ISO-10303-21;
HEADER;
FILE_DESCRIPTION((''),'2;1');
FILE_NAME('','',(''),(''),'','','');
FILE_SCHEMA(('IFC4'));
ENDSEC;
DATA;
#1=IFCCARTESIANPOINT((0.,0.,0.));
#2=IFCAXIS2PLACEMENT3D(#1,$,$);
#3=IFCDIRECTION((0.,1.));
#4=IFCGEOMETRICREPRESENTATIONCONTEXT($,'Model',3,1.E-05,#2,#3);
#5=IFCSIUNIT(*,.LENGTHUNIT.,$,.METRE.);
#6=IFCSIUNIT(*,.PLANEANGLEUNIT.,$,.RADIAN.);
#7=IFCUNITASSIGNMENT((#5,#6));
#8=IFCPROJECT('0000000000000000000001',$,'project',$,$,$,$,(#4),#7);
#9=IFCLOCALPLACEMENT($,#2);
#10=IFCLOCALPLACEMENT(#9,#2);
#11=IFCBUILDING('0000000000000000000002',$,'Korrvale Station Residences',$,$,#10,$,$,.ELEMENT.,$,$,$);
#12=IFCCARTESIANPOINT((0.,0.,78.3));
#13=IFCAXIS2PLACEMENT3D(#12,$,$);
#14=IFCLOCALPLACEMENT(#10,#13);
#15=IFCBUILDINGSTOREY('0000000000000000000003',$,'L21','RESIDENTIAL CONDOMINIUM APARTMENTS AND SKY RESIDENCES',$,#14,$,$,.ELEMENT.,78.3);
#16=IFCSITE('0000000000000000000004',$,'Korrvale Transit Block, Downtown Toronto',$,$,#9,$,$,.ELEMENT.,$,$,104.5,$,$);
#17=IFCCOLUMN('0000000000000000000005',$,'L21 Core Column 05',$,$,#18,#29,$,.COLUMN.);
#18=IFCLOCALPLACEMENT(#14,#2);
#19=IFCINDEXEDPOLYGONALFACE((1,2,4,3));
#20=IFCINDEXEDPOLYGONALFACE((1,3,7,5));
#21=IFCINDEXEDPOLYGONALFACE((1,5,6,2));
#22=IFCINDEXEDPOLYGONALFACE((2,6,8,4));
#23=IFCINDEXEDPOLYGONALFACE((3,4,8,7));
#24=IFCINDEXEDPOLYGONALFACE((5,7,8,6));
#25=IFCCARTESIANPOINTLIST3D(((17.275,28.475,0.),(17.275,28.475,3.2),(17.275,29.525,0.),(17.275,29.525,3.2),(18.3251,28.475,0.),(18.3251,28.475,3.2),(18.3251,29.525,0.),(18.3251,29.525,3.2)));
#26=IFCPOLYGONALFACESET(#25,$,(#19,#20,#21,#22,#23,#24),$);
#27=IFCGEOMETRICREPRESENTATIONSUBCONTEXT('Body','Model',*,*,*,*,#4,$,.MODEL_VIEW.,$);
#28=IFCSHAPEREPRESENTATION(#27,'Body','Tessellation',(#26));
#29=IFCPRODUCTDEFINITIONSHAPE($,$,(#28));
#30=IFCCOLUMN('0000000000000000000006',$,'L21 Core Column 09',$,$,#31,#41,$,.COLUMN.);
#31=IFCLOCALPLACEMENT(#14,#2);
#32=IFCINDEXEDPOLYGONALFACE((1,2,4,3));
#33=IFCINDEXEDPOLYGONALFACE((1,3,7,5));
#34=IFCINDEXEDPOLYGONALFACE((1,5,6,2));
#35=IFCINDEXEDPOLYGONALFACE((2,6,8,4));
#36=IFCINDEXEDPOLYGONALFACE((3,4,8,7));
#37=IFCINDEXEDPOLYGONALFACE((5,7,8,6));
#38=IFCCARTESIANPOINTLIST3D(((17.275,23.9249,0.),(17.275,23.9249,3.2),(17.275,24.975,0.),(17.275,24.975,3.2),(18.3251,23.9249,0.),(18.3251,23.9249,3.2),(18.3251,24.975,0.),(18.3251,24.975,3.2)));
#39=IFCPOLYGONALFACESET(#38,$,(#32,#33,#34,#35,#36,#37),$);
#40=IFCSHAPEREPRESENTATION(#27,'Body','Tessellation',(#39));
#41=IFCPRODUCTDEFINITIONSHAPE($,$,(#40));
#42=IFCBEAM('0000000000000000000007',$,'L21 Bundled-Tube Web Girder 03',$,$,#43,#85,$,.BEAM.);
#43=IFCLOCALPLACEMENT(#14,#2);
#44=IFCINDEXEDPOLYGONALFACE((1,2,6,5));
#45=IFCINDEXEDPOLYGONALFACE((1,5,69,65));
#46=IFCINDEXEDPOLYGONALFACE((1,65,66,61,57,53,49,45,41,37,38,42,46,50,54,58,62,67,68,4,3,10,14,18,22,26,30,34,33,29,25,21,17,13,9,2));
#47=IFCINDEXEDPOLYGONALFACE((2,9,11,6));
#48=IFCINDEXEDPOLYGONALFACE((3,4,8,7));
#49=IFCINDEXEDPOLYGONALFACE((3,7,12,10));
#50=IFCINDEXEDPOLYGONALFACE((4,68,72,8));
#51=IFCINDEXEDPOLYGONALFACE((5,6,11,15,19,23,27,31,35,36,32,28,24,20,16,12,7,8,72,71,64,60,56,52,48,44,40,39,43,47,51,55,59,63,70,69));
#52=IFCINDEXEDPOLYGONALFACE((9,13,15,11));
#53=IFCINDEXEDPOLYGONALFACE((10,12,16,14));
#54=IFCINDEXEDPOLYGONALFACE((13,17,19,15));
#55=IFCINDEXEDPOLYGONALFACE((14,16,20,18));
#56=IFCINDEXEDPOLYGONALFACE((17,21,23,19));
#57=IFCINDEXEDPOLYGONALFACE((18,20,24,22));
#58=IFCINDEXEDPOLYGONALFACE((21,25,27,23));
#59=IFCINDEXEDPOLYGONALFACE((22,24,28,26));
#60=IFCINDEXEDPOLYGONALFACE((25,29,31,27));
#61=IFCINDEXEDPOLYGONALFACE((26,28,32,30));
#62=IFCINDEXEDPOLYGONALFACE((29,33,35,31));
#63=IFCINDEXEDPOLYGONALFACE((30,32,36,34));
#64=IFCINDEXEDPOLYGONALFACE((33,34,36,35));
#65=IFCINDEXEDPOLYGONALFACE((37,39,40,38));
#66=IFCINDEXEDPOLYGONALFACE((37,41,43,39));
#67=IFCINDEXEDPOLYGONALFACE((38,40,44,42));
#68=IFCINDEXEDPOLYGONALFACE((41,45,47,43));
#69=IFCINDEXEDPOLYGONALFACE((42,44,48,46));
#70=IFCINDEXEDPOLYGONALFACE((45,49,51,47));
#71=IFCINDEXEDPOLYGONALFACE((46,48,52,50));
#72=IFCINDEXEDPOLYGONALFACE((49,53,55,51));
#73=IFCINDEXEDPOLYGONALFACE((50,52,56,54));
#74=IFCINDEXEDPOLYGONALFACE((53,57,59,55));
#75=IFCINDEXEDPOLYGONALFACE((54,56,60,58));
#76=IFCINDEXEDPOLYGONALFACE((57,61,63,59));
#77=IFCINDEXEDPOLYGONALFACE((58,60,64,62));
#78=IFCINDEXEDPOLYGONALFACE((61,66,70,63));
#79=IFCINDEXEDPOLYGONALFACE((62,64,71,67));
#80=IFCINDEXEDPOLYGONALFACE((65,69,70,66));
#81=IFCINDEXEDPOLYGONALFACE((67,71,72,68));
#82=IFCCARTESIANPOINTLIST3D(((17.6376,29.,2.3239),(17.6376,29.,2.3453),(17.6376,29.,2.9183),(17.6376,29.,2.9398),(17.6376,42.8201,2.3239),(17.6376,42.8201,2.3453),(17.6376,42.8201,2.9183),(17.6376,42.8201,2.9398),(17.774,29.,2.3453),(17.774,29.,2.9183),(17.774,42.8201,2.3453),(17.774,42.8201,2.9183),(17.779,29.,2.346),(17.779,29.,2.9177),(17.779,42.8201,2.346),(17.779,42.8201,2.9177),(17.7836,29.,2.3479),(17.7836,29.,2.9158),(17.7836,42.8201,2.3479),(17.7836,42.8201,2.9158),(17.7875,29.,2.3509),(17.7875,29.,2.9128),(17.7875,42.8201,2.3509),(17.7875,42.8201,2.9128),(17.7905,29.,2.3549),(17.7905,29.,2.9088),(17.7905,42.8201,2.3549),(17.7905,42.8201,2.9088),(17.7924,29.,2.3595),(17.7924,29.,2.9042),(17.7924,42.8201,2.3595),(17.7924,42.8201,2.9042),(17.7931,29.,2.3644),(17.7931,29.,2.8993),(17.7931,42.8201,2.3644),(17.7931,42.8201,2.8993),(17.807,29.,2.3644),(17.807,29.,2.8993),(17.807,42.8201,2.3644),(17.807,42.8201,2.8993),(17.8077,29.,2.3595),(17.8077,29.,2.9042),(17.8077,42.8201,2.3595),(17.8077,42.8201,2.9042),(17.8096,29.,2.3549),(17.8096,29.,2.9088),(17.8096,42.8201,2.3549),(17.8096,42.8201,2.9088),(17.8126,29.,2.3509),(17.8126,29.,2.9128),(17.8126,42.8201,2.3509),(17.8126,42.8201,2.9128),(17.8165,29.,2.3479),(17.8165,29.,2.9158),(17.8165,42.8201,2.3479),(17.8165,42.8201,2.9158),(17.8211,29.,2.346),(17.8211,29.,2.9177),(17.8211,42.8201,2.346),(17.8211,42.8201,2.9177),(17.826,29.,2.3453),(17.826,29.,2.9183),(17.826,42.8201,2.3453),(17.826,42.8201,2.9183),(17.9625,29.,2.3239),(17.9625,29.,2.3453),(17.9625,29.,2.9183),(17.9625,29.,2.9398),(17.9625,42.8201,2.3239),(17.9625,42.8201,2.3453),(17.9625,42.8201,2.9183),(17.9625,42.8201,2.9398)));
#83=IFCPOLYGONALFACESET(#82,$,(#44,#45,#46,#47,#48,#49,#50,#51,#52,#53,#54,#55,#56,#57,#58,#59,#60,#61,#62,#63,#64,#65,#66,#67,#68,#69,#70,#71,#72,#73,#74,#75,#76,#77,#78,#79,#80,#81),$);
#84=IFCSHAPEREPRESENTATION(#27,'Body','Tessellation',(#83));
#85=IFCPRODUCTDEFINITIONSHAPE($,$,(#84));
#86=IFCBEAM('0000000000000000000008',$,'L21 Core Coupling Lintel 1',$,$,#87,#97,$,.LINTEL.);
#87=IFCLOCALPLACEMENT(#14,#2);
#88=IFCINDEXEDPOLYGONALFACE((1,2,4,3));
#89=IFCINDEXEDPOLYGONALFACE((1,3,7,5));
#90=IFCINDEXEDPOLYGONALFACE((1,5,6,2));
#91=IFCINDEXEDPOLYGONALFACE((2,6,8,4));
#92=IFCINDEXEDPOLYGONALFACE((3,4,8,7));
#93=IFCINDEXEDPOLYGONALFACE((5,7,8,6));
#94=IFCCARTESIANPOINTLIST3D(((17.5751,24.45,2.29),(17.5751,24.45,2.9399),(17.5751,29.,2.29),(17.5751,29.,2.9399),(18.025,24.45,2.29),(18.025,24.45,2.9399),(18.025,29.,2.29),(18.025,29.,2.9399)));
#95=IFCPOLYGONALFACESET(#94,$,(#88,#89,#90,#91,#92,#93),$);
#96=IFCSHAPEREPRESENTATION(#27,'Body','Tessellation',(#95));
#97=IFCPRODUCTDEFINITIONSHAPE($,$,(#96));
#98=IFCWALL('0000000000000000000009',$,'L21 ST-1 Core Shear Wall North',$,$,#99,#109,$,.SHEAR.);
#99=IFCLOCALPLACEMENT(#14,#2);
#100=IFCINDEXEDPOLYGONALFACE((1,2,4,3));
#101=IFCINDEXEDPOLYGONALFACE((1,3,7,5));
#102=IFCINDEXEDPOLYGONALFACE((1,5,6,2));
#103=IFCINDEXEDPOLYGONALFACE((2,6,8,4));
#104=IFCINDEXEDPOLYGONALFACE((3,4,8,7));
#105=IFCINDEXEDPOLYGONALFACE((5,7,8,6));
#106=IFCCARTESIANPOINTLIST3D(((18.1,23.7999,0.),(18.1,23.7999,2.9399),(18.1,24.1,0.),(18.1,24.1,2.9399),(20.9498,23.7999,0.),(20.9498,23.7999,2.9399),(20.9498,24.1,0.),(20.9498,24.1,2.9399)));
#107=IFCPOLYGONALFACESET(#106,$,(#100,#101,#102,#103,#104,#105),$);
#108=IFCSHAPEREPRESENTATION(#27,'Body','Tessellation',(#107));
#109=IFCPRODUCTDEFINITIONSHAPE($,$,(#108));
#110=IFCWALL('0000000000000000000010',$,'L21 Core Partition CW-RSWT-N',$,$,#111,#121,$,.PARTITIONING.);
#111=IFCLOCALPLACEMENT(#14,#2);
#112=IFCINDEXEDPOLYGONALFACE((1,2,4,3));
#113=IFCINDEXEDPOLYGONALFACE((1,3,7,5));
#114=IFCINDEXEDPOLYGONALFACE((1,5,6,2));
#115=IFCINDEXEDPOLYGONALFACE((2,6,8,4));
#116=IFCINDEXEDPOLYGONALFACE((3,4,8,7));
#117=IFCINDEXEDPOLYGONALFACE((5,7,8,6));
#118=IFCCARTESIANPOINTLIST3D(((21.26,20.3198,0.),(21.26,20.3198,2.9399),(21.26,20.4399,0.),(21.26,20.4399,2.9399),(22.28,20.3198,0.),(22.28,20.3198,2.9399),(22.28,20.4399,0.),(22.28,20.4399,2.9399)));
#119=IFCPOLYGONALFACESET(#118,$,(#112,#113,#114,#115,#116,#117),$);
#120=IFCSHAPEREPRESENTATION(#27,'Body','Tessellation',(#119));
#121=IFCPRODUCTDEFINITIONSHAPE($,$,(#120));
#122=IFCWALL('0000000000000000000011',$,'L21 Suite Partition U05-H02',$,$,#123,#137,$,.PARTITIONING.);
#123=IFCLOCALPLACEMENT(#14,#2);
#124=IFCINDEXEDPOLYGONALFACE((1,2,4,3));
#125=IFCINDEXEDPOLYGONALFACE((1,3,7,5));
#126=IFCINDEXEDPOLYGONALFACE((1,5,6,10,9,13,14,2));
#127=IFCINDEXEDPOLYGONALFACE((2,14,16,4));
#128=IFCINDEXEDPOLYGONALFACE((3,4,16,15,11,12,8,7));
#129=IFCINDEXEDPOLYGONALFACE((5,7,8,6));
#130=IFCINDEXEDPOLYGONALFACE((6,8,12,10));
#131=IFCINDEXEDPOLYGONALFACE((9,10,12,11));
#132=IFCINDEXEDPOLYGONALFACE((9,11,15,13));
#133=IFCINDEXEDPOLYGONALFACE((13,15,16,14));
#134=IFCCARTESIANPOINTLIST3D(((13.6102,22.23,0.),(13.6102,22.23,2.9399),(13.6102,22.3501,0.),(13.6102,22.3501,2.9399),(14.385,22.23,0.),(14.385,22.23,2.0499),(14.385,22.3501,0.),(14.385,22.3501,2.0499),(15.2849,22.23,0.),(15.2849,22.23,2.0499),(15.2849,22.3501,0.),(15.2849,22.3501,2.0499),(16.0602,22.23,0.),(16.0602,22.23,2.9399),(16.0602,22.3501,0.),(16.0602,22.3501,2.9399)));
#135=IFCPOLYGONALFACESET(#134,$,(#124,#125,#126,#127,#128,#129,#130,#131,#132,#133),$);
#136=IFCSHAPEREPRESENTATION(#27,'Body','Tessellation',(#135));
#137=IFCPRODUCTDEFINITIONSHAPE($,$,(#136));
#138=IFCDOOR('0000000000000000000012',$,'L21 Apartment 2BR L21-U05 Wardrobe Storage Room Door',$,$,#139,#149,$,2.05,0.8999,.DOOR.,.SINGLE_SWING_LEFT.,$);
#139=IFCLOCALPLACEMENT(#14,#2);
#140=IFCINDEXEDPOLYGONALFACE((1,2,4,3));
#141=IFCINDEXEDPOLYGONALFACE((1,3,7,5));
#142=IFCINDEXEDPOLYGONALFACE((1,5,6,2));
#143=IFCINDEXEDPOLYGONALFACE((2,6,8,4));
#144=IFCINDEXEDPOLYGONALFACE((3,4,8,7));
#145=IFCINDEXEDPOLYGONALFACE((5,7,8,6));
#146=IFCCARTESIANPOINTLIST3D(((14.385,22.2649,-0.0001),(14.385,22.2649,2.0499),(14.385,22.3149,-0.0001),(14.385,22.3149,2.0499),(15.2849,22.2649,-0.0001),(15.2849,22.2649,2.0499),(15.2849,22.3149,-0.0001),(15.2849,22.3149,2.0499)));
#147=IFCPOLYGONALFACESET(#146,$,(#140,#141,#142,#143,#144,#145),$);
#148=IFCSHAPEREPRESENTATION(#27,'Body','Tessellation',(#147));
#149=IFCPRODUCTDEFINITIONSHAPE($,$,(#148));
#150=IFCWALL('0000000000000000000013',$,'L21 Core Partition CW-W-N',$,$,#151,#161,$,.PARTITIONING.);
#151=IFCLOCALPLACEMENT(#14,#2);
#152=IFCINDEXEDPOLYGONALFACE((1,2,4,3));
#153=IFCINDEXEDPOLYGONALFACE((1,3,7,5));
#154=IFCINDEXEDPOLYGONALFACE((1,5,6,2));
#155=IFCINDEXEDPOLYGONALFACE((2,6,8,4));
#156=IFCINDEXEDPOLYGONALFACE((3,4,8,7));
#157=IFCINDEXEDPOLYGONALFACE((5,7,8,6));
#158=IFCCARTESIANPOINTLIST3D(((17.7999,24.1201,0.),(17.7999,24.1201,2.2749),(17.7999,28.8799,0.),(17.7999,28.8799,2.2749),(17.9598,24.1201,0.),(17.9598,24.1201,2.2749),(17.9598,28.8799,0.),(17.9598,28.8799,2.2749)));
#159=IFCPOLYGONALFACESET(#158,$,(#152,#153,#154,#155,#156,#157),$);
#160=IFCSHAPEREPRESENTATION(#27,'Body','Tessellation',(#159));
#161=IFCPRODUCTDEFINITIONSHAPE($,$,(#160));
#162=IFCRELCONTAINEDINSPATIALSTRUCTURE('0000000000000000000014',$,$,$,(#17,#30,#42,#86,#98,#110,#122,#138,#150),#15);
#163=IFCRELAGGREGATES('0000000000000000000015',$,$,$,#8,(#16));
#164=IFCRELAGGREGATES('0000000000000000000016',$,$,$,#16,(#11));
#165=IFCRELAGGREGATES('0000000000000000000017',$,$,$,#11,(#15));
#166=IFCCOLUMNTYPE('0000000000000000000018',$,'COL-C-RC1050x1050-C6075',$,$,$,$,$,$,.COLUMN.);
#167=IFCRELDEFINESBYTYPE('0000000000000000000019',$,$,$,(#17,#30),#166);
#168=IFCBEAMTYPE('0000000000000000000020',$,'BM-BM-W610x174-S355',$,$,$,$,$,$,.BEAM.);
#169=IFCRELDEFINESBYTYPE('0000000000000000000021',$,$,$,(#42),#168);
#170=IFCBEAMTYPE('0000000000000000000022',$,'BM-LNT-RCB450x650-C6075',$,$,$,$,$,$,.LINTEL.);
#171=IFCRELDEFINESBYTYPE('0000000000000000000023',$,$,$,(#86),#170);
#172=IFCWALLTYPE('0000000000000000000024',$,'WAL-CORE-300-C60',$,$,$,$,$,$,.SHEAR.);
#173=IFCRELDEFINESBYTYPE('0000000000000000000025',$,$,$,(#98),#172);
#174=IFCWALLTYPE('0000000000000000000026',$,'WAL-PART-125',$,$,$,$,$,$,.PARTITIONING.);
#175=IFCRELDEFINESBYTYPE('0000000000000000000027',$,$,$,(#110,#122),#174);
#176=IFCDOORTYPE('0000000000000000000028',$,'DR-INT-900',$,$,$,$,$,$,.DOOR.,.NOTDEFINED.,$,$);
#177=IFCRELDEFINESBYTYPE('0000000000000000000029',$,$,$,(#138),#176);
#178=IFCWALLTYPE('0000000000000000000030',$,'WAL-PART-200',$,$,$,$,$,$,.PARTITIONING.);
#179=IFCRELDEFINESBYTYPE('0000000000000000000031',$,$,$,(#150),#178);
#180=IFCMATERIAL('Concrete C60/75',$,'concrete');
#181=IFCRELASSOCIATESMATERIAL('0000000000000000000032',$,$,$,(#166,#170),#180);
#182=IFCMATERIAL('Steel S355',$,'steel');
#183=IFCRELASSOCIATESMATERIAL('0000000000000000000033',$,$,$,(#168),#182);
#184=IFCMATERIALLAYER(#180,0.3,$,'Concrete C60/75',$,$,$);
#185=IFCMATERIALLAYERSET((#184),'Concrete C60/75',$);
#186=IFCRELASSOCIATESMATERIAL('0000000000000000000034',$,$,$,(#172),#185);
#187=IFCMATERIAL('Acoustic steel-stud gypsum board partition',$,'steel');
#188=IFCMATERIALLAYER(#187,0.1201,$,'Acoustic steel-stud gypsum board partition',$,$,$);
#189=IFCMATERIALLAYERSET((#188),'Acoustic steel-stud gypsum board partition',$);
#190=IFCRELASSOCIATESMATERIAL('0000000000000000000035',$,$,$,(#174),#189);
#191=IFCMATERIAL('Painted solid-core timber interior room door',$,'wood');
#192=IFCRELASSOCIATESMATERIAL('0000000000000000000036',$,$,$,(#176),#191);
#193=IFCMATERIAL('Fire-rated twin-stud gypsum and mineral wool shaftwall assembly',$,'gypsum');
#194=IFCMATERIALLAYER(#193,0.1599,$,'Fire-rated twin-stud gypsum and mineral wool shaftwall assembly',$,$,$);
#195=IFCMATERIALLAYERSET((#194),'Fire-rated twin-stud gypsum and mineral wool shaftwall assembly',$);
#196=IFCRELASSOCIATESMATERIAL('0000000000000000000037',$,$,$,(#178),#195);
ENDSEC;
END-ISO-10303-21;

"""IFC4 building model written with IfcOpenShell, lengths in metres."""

from ifc_helpers import new_model, si_unit, direction, frame, frame_2d, origin, origin_2d, place, context, subcontext, project, spatial, rectangle, i_section, extrude, material, layer, layer_set, material_profile, profile_set, type_object, element, fill, save


model = new_model("IFC4")

# Units and contexts
model_context = context("Model", 3, precision=1e-05, world=origin(), true_north=direction((0.0, 1.0)))
body_context = subcontext(model_context, "Body", "Model", "MODEL_VIEW")
ifc_project = project(units=[si_unit("LENGTHUNIT", "METRE"), si_unit("PLANEANGLEUNIT", "RADIAN")], contexts=[model_context])

# Site, building, storey
site_placement = place(None, origin())
site = spatial("IfcSite", under=ifc_project, at=site_placement, Name="Korrvale Transit Block, Downtown Toronto", CompositionType="ELEMENT", RefElevation=104.5)
building_placement = place(site_placement, origin())
building = spatial("IfcBuilding", under=site, at=building_placement, Name="Korrvale Station Residences", CompositionType="ELEMENT")
storey_placement = place(building_placement, frame((0.0, 0.0, 78.3)))
storey = spatial("IfcBuildingStorey", under=building, at=storey_placement, Name="L21", Description="RESIDENTIAL CONDOMINIUM APARTMENTS AND SKY RESIDENCES", CompositionType="ELEMENT", Elevation=78.3)

# Columns
ifc_material_1 = material(Name="Concrete C60/75", Category="concrete")
ifc_material_profile_1 = material_profile(ifc_material_1, rectangle(XDim=1.05, YDim=1.05, at=origin_2d()), Name="RC1050x1050")
ifc_profile_set_1 = profile_set([ifc_material_profile_1], Name="Concrete C60/75")
column_type = type_object("IfcColumnType", Name="COL-C-RC1050x1050-C6075", PredefinedType="COLUMN", material=ifc_profile_set_1)
for number, where, z_axis, x_axis, name in (
    (1, (17.8, 29.0, 0.0), (0.0, 0.0, 1.0), (1.0, 0.0, 0.0), "L21 Core Column 05"),
    (2, (17.8, 24.45, 0.0), (0.0, 0.0, 1.0), (1.0, 0.0, 0.0), "L21 Core Column 09"),
):
    element("IfcColumn", number, at=place(storey_placement, frame(where, z_axis=z_axis, x_axis=x_axis)), inside=storey, type_object=column_type, Name=name, PredefinedType="COLUMN", context=body_context, shape_type="SweptSolid", body=[
        extrude(rectangle(XDim=1.05, YDim=1.05, at=origin_2d()), origin(), (0.0, 0.0, 1.0), 3.2),
    ])

# Beams
ifc_material_2 = material(Name="Steel S355", Category="steel")
ifc_material_profile_2 = material_profile(ifc_material_2, i_section(OverallWidth=0.325, OverallDepth=0.616, WebThickness=0.0139, FlangeThickness=0.0215, FilletRadius=0.019, at=origin_2d()), Name="W610x174")
ifc_profile_set_2 = profile_set([ifc_material_profile_2], Name="Steel S355")
beam_type_1 = type_object("IfcBeamType", Name="BM-BM-W610x174-S355", PredefinedType="BEAM", material=ifc_profile_set_2)
beam_1_placement = place(storey_placement, frame((17.8, 29.0, 2.6318), z_axis=(0.0, 1.0, 0.0), x_axis=(-1.0, 0.0, 0.0)))
element("IfcBeam", 3, at=beam_1_placement, inside=storey, type_object=beam_type_1, Name="L21 Bundled-Tube Web Girder 03", PredefinedType="BEAM", context=body_context, shape_type="SweptSolid", body=[
    extrude(i_section(OverallWidth=0.325, OverallDepth=0.616, WebThickness=0.0139, FlangeThickness=0.0215, FilletRadius=0.019, at=origin_2d()), origin(), (0.0, 0.0, 1.0), 13.8201),
])
ifc_material_profile_3 = material_profile(ifc_material_1, rectangle(XDim=0.45, YDim=0.6499, at=origin_2d()), Name="RCB450x650")
ifc_profile_set_3 = profile_set([ifc_material_profile_3], Name="Concrete C60/75")
beam_type_2 = type_object("IfcBeamType", Name="BM-LNT-RCB450x650-C6075", PredefinedType="LINTEL", material=ifc_profile_set_3)
beam_2_placement = place(storey_placement, frame((17.8, 24.45, 2.615), z_axis=(0.0, 1.0, 0.0), x_axis=(-1.0, 0.0, 0.0)))
element("IfcBeam", 4, at=beam_2_placement, inside=storey, type_object=beam_type_2, Name="L21 Core Coupling Lintel 1", PredefinedType="LINTEL", context=body_context, shape_type="SweptSolid", body=[
    extrude(rectangle(XDim=0.45, YDim=0.6499, at=origin_2d()), origin(), (0.0, 0.0, 1.0), 4.55),
])

# Walls
ifc_layer_1 = layer(ifc_material_1, 0.3, Name="Concrete C60/75")
ifc_layer_set_1 = layer_set([ifc_layer_1], Name="Concrete C60/75")
wall_type_1 = type_object("IfcWallType", Name="WAL-CORE-300-C60", PredefinedType="SHEAR", material=ifc_layer_set_1)
wall_1_placement = place(storey_placement, frame((18.1001, 23.95, 0.0), z_axis=(0.0, 0.0, 1.0), x_axis=(1.0, 0.0, 0.0)))
element("IfcWall", 5, at=wall_1_placement, inside=storey, type_object=wall_type_1, Name="L21 ST-1 Core Shear Wall North", PredefinedType="SHEAR", context=body_context, shape_type="SweptSolid", body=[
    extrude(rectangle(XDim=2.8499, YDim=0.3, at=frame_2d((1.4248, 0.0))), origin(), (0.0, 0.0, 1.0), 2.9399),
])
ifc_material_3 = material(Name="Acoustic steel-stud gypsum board partition", Category="steel")
ifc_layer_2 = layer(ifc_material_3, 0.1201, Name="Acoustic steel-stud gypsum board partition")
ifc_layer_set_2 = layer_set([ifc_layer_2], Name="Acoustic steel-stud gypsum board partition")
wall_type_2 = type_object("IfcWallType", Name="WAL-PART-125", PredefinedType="PARTITIONING", material=ifc_layer_set_2)
wall_2_placement = place(storey_placement, frame((22.28, 20.3799, 0.0), z_axis=(0.0, 0.0, 1.0), x_axis=(-1.0, 0.0, 0.0)))
element("IfcWall", 6, at=wall_2_placement, inside=storey, type_object=wall_type_2, Name="L21 Core Partition CW-RSWT-N", PredefinedType="PARTITIONING", context=body_context, shape_type="SweptSolid", body=[
    extrude(rectangle(XDim=1.02, YDim=0.1201, at=frame_2d((0.51, 0.0))), origin(), (0.0, 0.0, 1.0), 2.9399),
])

# Wall, opening, door
wall_3_placement = place(storey_placement, frame((13.6101, 22.29, 0.0), z_axis=(0.0, 0.0, 1.0), x_axis=(1.0, 0.0, 0.0)))
wall_3 = element("IfcWall", 7, at=wall_3_placement, inside=storey, type_object=wall_type_2, Name="L21 Suite Partition U05-H02", PredefinedType="PARTITIONING", context=body_context, shape_type="SweptSolid", body=[
    extrude(rectangle(XDim=2.45, YDim=0.1201, at=frame_2d((1.2251, 0.0))), origin(), (0.0, 0.0, 1.0), 2.9399),
])
opening_1_placement = place(wall_3_placement, frame((0.7749, 0.0, 0.0)))
opening_1 = element("IfcOpeningElement", 8, at=opening_1_placement, cuts=wall_3, PredefinedType="OPENING", context=body_context, shape_type="SweptSolid", body=[
    extrude(rectangle(XDim=0.8999, YDim=2.05, at=frame_2d((0.45, 1.0249))), frame((0.0, 0.0701, 0.0), z_axis=(0.0, -1.0, 0.0), x_axis=(1.0, 0.0, 0.0)), (0.0, 0.0, 1.0), 0.1401),
])
ifc_material_4 = material(Name="Painted solid-core timber interior room door", Category="wood")
door_type_1 = type_object("IfcDoorType", Name="DR-INT-900", OperationType="NOTDEFINED", PredefinedType="DOOR", material=ifc_material_4)
door_1_placement = place(opening_1_placement, origin())
door_1 = element("IfcDoor", 9, at=door_1_placement, inside=storey, type_object=door_type_1, Name="L21 Apartment 2BR L21-U05 Wardrobe Storage Room Door", OperationType="SINGLE_SWING_LEFT", OverallHeight=2.05, OverallWidth=0.8999, PredefinedType="DOOR", context=body_context, shape_type="SweptSolid", body=[
    extrude(rectangle(XDim=0.8999, YDim=2.05, at=frame_2d((0.45, 1.0249))), frame((0.0, 0.0249, 0.0), z_axis=(0.0, -1.0, 0.0), x_axis=(1.0, 0.0, 0.0)), (0.0, 0.0, 1.0), 0.05),
])
fill(opening_1, door_1)

# Wall
ifc_material_5 = material(Name="Fire-rated twin-stud gypsum and mineral wool shaftwall assembly", Category="gypsum")
ifc_layer_3 = layer(ifc_material_5, 0.1599, Name="Fire-rated twin-stud gypsum and mineral wool shaftwall assembly")
ifc_layer_set_3 = layer_set([ifc_layer_3], Name="Fire-rated twin-stud gypsum and mineral wool shaftwall assembly")
wall_type_3 = type_object("IfcWallType", Name="WAL-PART-200", PredefinedType="PARTITIONING", material=ifc_layer_set_3)
wall_4_placement = place(storey_placement, frame((17.8799, 24.1201, 0.0), z_axis=(0.0, 0.0, 1.0), x_axis=(0.0, 1.0, 0.0)))
element("IfcWall", 10, at=wall_4_placement, inside=storey, type_object=wall_type_3, Name="L21 Core Partition CW-W-N", PredefinedType="PARTITIONING", context=body_context, shape_type="SweptSolid", body=[
    extrude(rectangle(XDim=4.7598, YDim=0.1599, at=frame_2d((2.3799, 0.0))), origin(), (0.0, 0.0, 1.0), 2.2749),
])

save(model, "model.ifc")
